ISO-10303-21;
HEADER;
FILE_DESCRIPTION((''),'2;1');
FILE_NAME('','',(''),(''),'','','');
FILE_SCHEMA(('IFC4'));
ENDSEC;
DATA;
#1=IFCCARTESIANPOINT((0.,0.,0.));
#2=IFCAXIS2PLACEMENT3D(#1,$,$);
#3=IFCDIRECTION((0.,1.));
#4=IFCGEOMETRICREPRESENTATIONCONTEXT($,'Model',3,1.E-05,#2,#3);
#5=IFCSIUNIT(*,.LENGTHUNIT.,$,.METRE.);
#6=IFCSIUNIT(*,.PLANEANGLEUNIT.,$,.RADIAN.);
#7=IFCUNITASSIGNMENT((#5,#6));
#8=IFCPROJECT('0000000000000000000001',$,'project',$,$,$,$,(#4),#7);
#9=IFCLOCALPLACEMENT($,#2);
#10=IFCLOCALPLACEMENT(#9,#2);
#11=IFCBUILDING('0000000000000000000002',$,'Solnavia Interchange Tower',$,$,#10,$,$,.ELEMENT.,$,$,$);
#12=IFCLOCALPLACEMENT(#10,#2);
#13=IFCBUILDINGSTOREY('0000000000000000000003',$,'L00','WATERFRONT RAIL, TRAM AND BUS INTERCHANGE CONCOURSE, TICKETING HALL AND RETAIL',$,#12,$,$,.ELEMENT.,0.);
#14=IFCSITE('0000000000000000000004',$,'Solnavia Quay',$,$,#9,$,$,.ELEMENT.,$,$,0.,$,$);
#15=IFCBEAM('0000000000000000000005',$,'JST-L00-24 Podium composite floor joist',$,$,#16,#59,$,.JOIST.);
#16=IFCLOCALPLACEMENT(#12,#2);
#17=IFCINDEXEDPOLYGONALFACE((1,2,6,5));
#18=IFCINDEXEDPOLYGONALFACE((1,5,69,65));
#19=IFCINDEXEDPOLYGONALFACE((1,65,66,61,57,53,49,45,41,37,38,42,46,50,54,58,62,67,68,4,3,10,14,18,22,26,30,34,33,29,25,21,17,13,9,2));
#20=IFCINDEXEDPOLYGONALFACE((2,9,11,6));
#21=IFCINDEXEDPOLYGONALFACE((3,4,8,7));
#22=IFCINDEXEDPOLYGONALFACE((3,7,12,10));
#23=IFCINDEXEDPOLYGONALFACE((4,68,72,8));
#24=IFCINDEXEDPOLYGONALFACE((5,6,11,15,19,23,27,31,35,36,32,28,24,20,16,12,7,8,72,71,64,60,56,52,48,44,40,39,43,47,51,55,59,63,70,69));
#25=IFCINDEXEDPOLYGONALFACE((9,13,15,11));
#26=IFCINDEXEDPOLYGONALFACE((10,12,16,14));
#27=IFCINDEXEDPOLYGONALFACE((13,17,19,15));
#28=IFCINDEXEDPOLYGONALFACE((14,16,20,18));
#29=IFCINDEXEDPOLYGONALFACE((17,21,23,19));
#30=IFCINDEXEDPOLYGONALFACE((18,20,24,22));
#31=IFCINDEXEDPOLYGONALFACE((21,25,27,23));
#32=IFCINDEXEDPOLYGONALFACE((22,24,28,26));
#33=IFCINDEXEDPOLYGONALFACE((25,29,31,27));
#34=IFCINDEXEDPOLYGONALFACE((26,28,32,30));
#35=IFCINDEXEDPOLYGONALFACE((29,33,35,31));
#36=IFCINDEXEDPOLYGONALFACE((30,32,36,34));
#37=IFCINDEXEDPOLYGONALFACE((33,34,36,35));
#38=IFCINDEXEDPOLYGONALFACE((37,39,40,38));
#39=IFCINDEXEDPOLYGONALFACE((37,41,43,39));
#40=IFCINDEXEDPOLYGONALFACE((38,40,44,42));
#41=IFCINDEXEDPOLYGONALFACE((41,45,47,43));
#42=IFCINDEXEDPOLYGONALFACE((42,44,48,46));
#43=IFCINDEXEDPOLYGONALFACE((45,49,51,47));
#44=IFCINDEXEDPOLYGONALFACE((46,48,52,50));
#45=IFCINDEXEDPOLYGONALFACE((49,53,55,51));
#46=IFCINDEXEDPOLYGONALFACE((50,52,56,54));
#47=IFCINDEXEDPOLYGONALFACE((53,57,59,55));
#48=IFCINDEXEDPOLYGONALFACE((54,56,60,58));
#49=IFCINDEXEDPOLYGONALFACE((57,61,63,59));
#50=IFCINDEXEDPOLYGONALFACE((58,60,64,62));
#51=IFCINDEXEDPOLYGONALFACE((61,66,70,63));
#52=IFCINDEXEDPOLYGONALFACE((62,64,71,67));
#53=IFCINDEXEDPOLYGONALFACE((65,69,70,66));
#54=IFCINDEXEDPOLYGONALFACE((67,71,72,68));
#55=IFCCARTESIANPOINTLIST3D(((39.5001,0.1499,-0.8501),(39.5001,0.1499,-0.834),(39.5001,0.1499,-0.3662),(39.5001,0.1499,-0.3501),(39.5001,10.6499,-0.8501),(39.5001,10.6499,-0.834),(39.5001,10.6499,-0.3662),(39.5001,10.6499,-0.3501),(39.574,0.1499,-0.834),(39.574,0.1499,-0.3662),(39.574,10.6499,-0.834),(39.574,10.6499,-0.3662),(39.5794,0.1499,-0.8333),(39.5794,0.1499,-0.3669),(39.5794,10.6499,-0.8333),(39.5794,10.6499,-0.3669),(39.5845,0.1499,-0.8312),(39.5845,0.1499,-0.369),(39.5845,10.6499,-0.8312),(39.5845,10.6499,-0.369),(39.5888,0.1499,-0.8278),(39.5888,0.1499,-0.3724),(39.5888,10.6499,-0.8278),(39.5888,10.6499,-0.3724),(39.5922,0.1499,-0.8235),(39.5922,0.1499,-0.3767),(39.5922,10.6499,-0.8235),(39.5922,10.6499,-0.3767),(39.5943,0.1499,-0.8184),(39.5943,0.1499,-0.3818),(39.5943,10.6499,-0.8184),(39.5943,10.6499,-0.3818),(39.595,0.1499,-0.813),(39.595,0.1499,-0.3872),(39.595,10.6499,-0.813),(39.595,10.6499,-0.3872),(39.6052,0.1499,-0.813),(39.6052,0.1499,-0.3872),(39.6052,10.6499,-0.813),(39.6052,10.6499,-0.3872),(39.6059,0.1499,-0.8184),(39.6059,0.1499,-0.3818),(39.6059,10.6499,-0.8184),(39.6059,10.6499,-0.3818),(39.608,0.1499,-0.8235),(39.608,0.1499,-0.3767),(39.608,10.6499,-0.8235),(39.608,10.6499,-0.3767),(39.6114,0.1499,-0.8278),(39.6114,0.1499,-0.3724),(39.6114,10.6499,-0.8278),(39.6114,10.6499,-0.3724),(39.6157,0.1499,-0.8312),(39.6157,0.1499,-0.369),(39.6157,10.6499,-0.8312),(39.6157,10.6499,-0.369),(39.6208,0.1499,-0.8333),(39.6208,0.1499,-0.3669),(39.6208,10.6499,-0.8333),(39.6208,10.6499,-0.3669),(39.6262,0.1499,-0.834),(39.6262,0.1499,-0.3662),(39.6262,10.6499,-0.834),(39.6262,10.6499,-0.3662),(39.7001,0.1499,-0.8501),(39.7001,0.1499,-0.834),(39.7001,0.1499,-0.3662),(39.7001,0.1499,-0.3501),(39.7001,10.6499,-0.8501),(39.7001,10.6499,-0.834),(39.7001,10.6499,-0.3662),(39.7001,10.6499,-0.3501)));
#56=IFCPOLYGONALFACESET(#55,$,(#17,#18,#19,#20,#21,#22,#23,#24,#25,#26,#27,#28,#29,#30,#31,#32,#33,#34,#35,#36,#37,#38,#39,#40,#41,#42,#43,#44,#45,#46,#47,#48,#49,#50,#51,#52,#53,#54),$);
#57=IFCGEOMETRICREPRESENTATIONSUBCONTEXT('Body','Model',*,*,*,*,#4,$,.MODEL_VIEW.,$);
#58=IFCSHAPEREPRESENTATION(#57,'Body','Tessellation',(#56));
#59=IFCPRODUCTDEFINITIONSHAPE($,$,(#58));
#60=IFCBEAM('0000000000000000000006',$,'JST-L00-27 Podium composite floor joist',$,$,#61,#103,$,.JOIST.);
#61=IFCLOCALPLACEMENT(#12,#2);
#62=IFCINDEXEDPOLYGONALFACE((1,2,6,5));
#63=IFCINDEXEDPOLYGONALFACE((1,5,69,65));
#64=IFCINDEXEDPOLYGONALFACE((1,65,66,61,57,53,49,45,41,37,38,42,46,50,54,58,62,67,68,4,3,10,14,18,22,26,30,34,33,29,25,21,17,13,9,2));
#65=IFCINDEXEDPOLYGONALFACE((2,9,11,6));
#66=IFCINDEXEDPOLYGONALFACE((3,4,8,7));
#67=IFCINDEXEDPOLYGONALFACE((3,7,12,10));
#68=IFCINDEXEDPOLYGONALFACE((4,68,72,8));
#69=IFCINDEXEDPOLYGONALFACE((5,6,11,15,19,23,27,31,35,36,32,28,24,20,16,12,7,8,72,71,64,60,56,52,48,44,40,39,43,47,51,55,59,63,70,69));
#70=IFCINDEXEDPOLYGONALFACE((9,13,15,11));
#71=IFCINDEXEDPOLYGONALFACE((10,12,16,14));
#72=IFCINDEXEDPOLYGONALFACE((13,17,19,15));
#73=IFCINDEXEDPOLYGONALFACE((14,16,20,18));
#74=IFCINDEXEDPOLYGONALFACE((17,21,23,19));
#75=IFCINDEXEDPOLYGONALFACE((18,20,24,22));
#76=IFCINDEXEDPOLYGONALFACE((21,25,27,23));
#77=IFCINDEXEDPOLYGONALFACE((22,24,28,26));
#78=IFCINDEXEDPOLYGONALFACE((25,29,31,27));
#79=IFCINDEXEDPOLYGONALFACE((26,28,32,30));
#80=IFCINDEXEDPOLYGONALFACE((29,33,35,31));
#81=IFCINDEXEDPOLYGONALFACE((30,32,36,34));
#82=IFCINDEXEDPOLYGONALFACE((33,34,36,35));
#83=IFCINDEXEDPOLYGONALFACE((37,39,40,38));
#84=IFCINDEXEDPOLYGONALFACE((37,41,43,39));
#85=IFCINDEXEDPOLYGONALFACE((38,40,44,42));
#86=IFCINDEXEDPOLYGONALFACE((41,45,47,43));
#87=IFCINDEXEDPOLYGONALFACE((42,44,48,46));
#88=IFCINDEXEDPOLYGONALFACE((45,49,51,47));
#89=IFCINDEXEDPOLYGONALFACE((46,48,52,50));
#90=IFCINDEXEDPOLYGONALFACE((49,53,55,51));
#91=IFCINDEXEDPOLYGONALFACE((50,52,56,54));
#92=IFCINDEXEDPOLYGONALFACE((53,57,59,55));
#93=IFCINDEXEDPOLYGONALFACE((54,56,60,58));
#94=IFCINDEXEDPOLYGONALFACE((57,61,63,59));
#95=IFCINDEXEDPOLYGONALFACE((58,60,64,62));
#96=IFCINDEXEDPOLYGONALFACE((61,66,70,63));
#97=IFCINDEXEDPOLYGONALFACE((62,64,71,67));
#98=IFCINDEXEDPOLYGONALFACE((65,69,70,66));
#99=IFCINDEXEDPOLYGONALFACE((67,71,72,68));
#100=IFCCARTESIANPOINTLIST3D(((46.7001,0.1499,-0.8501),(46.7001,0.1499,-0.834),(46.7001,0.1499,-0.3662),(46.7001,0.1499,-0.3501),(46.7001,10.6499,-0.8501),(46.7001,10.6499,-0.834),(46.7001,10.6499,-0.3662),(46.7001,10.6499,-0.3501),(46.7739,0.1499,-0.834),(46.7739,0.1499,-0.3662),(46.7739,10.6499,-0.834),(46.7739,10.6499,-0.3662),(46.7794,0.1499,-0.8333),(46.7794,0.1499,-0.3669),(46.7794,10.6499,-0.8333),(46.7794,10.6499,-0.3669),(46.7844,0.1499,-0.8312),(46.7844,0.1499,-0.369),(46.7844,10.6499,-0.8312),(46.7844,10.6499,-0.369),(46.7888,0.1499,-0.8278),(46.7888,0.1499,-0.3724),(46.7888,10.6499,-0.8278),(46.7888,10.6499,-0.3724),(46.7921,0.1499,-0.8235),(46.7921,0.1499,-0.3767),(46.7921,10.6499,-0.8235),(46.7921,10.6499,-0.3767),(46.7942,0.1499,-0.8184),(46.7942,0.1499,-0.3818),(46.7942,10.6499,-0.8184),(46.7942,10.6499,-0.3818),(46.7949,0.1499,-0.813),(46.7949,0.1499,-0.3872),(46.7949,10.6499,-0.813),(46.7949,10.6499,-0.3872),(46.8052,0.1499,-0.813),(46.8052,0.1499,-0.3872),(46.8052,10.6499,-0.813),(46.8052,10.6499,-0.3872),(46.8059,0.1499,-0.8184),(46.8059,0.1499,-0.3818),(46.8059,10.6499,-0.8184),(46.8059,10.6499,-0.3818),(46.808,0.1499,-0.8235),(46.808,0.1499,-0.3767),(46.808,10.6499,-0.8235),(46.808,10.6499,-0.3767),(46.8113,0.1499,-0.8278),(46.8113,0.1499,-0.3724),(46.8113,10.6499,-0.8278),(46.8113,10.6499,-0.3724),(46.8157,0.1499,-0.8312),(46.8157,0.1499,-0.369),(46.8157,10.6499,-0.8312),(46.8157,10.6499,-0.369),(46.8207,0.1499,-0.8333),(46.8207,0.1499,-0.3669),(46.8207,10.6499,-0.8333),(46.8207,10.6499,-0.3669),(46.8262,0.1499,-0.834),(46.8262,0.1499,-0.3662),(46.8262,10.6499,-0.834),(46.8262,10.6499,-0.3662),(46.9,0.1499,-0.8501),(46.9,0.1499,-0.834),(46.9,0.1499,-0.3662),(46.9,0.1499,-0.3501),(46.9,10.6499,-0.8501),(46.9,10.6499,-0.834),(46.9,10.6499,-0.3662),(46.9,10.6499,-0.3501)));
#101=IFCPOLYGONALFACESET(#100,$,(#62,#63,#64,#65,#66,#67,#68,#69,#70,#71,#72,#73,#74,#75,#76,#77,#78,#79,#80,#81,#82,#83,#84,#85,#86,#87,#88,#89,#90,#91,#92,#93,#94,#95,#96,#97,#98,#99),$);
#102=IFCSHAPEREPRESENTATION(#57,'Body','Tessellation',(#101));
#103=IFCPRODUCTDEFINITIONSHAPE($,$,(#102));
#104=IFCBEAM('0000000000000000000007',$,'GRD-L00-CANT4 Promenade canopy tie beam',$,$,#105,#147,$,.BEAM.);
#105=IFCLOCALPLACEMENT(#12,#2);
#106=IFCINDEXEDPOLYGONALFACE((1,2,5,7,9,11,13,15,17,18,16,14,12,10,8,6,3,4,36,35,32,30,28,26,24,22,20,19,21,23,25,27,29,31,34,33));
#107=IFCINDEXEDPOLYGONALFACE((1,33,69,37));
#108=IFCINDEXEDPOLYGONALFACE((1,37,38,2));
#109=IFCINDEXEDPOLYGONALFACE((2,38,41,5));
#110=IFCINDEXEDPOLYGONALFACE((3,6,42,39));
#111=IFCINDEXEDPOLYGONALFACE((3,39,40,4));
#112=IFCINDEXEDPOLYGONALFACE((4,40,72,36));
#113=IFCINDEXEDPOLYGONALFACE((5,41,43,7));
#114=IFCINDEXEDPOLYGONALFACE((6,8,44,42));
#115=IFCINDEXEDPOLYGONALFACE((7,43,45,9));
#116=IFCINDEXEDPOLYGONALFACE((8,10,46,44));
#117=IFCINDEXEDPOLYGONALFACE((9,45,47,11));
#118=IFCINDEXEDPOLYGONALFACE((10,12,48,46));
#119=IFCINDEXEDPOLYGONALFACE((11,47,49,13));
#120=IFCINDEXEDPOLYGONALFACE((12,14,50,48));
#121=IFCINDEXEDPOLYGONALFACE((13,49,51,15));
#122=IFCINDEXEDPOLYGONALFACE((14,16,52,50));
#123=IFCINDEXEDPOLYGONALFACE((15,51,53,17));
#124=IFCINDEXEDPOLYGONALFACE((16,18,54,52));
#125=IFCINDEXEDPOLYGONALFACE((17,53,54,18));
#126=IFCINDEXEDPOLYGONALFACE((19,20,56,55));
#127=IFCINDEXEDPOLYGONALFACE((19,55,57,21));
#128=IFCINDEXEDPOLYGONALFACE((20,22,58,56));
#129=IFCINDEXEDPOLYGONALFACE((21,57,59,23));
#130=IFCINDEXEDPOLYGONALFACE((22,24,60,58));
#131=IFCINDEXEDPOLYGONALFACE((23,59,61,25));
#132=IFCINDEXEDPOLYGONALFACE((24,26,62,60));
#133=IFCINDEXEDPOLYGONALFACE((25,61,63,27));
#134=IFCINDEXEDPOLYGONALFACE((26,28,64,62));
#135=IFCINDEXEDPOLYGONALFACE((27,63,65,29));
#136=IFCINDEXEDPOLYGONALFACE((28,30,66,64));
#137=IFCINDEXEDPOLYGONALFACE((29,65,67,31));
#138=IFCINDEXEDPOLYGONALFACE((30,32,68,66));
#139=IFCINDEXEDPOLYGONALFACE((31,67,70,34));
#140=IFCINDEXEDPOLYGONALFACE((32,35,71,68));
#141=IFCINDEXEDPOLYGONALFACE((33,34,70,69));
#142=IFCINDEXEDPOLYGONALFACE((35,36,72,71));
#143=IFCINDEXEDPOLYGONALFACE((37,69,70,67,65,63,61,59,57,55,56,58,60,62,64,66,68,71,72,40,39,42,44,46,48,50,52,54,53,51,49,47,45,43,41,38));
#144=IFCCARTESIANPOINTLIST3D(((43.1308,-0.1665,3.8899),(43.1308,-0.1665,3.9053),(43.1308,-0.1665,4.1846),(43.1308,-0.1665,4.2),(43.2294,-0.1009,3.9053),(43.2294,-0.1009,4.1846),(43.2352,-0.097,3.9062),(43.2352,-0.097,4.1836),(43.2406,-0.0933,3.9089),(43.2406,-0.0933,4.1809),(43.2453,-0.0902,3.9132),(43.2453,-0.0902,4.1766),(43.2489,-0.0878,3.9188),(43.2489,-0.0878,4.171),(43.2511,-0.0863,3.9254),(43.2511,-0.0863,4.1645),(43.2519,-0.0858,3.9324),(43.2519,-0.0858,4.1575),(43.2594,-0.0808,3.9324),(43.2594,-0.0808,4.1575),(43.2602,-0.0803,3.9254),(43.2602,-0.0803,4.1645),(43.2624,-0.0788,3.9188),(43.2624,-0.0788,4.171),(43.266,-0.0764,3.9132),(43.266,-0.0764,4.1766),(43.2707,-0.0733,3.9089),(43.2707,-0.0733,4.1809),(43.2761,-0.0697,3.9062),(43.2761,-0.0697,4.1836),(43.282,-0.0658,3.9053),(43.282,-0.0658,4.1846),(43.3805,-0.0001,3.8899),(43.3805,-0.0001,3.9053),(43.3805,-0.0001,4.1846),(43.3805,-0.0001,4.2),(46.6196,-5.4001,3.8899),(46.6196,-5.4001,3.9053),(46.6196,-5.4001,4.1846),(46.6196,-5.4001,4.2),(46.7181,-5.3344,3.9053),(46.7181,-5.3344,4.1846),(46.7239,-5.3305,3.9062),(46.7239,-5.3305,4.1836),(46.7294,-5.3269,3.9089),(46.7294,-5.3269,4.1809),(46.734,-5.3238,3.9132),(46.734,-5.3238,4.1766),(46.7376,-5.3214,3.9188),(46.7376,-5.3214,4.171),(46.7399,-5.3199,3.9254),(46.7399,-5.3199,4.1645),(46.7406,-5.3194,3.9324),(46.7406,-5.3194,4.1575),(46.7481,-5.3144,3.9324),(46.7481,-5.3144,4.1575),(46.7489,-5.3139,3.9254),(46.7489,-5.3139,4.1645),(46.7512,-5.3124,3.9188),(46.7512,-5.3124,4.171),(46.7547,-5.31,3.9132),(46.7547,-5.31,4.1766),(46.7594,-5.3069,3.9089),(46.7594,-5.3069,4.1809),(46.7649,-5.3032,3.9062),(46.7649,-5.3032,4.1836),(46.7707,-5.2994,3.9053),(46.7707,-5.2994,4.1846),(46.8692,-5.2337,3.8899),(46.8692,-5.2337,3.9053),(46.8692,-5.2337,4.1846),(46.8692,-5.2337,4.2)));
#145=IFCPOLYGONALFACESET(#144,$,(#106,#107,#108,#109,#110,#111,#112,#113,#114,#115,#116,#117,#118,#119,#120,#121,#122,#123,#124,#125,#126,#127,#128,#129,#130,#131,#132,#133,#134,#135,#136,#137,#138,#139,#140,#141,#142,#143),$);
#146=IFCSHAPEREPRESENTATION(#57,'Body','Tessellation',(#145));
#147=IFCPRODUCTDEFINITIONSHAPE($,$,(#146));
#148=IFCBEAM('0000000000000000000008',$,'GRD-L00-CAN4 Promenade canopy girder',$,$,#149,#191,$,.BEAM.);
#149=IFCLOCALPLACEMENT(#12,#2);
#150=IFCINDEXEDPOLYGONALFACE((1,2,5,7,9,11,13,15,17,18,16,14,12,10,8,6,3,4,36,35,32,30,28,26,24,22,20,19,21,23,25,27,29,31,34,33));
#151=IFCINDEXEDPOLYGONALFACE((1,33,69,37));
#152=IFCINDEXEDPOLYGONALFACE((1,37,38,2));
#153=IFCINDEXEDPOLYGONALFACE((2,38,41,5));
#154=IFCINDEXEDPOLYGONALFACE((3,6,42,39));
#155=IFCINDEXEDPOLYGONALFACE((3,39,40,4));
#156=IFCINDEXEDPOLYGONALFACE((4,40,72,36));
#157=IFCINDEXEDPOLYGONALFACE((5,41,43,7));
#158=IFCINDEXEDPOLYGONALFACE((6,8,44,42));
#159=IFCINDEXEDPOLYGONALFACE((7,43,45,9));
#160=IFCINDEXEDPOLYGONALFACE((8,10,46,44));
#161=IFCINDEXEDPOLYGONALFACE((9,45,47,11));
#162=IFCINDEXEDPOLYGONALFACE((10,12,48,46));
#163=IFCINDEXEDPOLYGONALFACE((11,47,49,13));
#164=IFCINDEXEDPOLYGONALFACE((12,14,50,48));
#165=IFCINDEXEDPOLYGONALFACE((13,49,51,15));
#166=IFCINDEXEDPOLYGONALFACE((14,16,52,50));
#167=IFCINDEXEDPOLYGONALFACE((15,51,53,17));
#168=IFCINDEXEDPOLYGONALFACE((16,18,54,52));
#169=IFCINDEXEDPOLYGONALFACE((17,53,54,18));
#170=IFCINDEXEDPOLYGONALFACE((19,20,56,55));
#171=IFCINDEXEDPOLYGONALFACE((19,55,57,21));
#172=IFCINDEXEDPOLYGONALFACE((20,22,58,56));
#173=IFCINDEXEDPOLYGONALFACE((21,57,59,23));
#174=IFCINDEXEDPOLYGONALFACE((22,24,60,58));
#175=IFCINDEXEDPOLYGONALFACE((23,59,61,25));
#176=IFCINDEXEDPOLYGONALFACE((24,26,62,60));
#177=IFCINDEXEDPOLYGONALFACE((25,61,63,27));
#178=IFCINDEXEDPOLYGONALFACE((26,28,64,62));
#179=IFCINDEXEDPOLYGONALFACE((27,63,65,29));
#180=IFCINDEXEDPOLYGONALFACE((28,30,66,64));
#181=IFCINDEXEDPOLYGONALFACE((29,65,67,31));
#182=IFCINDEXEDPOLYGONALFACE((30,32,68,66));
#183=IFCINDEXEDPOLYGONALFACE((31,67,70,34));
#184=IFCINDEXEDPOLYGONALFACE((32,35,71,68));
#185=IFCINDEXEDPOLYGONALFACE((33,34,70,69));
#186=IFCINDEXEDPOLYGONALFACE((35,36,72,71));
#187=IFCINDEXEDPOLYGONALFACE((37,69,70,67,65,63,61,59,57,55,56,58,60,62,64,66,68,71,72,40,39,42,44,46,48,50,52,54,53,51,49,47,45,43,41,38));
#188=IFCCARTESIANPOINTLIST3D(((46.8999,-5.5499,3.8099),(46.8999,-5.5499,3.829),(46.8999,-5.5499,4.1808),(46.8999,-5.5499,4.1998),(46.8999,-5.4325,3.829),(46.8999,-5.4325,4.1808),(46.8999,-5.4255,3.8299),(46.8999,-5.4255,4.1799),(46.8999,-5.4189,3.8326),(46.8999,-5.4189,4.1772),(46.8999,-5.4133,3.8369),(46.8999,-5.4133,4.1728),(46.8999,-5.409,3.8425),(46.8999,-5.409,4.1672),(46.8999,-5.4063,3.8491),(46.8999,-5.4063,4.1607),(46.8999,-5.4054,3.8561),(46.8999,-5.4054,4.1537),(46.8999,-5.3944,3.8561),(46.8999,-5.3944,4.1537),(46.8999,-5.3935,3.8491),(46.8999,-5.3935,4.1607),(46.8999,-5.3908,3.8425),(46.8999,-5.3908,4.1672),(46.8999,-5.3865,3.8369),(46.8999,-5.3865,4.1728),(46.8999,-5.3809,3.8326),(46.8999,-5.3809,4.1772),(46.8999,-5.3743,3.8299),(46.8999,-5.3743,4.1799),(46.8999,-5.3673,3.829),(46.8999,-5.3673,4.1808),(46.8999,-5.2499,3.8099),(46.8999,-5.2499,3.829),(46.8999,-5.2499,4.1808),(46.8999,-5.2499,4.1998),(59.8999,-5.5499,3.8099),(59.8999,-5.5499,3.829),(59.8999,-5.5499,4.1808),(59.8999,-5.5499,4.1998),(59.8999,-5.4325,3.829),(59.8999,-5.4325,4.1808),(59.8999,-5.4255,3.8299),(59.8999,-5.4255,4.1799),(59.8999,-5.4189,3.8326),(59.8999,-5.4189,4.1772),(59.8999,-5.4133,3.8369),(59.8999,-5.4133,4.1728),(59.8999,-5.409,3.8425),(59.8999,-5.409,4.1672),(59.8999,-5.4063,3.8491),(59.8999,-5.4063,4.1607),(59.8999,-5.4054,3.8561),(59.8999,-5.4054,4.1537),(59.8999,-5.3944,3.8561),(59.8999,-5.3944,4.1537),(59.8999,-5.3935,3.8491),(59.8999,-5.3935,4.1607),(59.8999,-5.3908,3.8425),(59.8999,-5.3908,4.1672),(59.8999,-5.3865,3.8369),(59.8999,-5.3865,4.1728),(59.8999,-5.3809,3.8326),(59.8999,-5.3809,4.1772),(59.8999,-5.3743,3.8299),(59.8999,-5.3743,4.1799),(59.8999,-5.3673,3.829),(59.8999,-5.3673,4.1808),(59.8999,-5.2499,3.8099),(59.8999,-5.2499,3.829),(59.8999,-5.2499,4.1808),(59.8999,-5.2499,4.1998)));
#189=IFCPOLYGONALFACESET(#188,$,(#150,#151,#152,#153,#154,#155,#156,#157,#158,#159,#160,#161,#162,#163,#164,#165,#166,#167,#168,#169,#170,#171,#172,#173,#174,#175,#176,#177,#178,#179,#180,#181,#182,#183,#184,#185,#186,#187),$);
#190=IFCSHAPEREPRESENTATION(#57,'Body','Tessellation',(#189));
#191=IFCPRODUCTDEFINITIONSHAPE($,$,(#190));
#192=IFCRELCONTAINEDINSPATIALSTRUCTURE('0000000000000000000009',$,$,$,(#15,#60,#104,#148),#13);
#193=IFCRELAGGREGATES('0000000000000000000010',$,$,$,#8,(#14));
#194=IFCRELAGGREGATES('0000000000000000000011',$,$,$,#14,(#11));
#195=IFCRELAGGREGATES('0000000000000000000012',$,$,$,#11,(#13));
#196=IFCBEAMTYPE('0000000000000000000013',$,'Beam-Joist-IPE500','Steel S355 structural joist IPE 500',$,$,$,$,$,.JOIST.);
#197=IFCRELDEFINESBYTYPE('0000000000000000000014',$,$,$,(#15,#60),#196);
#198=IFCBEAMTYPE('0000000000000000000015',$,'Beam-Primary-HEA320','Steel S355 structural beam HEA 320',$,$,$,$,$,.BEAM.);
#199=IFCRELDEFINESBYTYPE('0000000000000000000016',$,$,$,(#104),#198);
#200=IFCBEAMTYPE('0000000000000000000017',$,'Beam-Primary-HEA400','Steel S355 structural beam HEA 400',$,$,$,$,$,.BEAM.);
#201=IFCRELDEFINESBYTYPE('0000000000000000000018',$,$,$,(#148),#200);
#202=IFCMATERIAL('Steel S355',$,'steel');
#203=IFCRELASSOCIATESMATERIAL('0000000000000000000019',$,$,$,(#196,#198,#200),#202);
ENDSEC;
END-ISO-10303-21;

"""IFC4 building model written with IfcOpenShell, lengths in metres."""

from ifc_helpers import new_model, si_unit, direction, frame, origin, origin_2d, place, context, subcontext, project, spatial, i_section, extrude, material, material_profile, profile_set, type_object, element, save


model = new_model("IFC4")

# Units and contexts
model_context = context("Model", 3, precision=1e-05, world=origin(), true_north=direction((0.0, 1.0)))
body_context = subcontext(model_context, "Body", "Model", "MODEL_VIEW")
ifc_project = project(units=[si_unit("LENGTHUNIT", "METRE"), si_unit("PLANEANGLEUNIT", "RADIAN")], contexts=[model_context])

# Site, building, storey
site_placement = place(None, origin())
site = spatial("IfcSite", under=ifc_project, at=site_placement, Name="Solnavia Quay", CompositionType="ELEMENT", RefElevation=0.0)
building_placement = place(site_placement, origin())
building = spatial("IfcBuilding", under=site, at=building_placement, Name="Solnavia Interchange Tower", CompositionType="ELEMENT")
storey_placement = place(building_placement, origin())
storey = spatial("IfcBuildingStorey", under=building, at=storey_placement, Name="L00", Description="WATERFRONT RAIL, TRAM AND BUS INTERCHANGE CONCOURSE, TICKETING HALL AND RETAIL", CompositionType="ELEMENT", Elevation=0.0)

# Beams
ifc_material_1 = material(Name="Steel S355", Category="steel")
ifc_material_profile_1 = material_profile(ifc_material_1, i_section(OverallWidth=0.2, OverallDepth=0.5, WebThickness=0.0103, FlangeThickness=0.0161, FilletRadius=0.021, at=origin_2d()), Name="IPE 500")
ifc_profile_set_1 = profile_set([ifc_material_profile_1], Name="Steel S355")
beam_type_1 = type_object("IfcBeamType", Name="Beam-Joist-IPE500", Description="Steel S355 structural joist IPE 500", PredefinedType="JOIST", material=ifc_profile_set_1)
for number, where, z_axis, x_axis, name in (
    (1, (39.6001, 0.1499, -0.6001), (0.0, 1.0, 0.0), (-1.0, 0.0, 0.0), "JST-L00-24 Podium composite floor joist"),
    (2, (46.8, 0.1499, -0.6001), (0.0, 1.0, 0.0), (-1.0, 0.0, 0.0), "JST-L00-27 Podium composite floor joist"),
):
    element("IfcBeam", number, at=place(storey_placement, frame(where, z_axis=z_axis, x_axis=x_axis)), inside=storey, type_object=beam_type_1, Name=name, PredefinedType="JOIST", context=body_context, shape_type="SweptSolid", body=[
        extrude(i_section(OverallWidth=0.2, OverallDepth=0.5, WebThickness=0.0103, FlangeThickness=0.0161, FilletRadius=0.021, at=origin_2d()), origin(), (0.0, 0.0, 1.0), 10.5),
    ])
ifc_material_profile_2 = material_profile(ifc_material_1, i_section(OverallWidth=0.3, OverallDepth=0.3101, WebThickness=0.009, FlangeThickness=0.0154, FilletRadius=0.0271, at=origin_2d()), Name="HEA 320")
ifc_profile_set_2 = profile_set([ifc_material_profile_2], Name="Steel S355")
beam_type_2 = type_object("IfcBeamType", Name="Beam-Primary-HEA320", Description="Steel S355 structural beam HEA 320", PredefinedType="BEAM", material=ifc_profile_set_2)
beam_1_placement = place(storey_placement, frame((46.7444, -5.3169, 4.0449), z_axis=(-0.554664, 0.832074, 0.0), x_axis=(-0.832074, -0.554664, 0.0)))
element("IfcBeam", 3, at=beam_1_placement, inside=storey, type_object=beam_type_2, Name="GRD-L00-CANT4 Promenade canopy tie beam", PredefinedType="BEAM", context=body_context, shape_type="SweptSolid", body=[
    extrude(i_section(OverallWidth=0.3, OverallDepth=0.3101, WebThickness=0.009, FlangeThickness=0.0154, FilletRadius=0.0271, at=origin_2d()), origin(), (0.0, 0.0, 1.0), 6.2898),
])
ifc_material_profile_3 = material_profile(ifc_material_1, i_section(OverallWidth=0.3, OverallDepth=0.3899, WebThickness=0.011, FlangeThickness=0.019, FilletRadius=0.0271, at=origin_2d()), Name="HEA 400")
ifc_profile_set_3 = profile_set([ifc_material_profile_3], Name="Steel S355")
beam_type_3 = type_object("IfcBeamType", Name="Beam-Primary-HEA400", Description="Steel S355 structural beam HEA 400", PredefinedType="BEAM", material=ifc_profile_set_3)
beam_2_placement = place(storey_placement, frame((46.8999, -5.3999, 4.0049), z_axis=(1.0, 0.0, 0.0), x_axis=(0.0, 1.0, 0.0)))
element("IfcBeam", 4, at=beam_2_placement, inside=storey, type_object=beam_type_3, Name="GRD-L00-CAN4 Promenade canopy girder", PredefinedType="BEAM", context=body_context, shape_type="SweptSolid", body=[
    extrude(i_section(OverallWidth=0.3, OverallDepth=0.3899, WebThickness=0.011, FlangeThickness=0.019, FilletRadius=0.0271, at=origin_2d()), origin(), (0.0, 0.0, 1.0), 13.0),
])

save(model, "model.ifc")
